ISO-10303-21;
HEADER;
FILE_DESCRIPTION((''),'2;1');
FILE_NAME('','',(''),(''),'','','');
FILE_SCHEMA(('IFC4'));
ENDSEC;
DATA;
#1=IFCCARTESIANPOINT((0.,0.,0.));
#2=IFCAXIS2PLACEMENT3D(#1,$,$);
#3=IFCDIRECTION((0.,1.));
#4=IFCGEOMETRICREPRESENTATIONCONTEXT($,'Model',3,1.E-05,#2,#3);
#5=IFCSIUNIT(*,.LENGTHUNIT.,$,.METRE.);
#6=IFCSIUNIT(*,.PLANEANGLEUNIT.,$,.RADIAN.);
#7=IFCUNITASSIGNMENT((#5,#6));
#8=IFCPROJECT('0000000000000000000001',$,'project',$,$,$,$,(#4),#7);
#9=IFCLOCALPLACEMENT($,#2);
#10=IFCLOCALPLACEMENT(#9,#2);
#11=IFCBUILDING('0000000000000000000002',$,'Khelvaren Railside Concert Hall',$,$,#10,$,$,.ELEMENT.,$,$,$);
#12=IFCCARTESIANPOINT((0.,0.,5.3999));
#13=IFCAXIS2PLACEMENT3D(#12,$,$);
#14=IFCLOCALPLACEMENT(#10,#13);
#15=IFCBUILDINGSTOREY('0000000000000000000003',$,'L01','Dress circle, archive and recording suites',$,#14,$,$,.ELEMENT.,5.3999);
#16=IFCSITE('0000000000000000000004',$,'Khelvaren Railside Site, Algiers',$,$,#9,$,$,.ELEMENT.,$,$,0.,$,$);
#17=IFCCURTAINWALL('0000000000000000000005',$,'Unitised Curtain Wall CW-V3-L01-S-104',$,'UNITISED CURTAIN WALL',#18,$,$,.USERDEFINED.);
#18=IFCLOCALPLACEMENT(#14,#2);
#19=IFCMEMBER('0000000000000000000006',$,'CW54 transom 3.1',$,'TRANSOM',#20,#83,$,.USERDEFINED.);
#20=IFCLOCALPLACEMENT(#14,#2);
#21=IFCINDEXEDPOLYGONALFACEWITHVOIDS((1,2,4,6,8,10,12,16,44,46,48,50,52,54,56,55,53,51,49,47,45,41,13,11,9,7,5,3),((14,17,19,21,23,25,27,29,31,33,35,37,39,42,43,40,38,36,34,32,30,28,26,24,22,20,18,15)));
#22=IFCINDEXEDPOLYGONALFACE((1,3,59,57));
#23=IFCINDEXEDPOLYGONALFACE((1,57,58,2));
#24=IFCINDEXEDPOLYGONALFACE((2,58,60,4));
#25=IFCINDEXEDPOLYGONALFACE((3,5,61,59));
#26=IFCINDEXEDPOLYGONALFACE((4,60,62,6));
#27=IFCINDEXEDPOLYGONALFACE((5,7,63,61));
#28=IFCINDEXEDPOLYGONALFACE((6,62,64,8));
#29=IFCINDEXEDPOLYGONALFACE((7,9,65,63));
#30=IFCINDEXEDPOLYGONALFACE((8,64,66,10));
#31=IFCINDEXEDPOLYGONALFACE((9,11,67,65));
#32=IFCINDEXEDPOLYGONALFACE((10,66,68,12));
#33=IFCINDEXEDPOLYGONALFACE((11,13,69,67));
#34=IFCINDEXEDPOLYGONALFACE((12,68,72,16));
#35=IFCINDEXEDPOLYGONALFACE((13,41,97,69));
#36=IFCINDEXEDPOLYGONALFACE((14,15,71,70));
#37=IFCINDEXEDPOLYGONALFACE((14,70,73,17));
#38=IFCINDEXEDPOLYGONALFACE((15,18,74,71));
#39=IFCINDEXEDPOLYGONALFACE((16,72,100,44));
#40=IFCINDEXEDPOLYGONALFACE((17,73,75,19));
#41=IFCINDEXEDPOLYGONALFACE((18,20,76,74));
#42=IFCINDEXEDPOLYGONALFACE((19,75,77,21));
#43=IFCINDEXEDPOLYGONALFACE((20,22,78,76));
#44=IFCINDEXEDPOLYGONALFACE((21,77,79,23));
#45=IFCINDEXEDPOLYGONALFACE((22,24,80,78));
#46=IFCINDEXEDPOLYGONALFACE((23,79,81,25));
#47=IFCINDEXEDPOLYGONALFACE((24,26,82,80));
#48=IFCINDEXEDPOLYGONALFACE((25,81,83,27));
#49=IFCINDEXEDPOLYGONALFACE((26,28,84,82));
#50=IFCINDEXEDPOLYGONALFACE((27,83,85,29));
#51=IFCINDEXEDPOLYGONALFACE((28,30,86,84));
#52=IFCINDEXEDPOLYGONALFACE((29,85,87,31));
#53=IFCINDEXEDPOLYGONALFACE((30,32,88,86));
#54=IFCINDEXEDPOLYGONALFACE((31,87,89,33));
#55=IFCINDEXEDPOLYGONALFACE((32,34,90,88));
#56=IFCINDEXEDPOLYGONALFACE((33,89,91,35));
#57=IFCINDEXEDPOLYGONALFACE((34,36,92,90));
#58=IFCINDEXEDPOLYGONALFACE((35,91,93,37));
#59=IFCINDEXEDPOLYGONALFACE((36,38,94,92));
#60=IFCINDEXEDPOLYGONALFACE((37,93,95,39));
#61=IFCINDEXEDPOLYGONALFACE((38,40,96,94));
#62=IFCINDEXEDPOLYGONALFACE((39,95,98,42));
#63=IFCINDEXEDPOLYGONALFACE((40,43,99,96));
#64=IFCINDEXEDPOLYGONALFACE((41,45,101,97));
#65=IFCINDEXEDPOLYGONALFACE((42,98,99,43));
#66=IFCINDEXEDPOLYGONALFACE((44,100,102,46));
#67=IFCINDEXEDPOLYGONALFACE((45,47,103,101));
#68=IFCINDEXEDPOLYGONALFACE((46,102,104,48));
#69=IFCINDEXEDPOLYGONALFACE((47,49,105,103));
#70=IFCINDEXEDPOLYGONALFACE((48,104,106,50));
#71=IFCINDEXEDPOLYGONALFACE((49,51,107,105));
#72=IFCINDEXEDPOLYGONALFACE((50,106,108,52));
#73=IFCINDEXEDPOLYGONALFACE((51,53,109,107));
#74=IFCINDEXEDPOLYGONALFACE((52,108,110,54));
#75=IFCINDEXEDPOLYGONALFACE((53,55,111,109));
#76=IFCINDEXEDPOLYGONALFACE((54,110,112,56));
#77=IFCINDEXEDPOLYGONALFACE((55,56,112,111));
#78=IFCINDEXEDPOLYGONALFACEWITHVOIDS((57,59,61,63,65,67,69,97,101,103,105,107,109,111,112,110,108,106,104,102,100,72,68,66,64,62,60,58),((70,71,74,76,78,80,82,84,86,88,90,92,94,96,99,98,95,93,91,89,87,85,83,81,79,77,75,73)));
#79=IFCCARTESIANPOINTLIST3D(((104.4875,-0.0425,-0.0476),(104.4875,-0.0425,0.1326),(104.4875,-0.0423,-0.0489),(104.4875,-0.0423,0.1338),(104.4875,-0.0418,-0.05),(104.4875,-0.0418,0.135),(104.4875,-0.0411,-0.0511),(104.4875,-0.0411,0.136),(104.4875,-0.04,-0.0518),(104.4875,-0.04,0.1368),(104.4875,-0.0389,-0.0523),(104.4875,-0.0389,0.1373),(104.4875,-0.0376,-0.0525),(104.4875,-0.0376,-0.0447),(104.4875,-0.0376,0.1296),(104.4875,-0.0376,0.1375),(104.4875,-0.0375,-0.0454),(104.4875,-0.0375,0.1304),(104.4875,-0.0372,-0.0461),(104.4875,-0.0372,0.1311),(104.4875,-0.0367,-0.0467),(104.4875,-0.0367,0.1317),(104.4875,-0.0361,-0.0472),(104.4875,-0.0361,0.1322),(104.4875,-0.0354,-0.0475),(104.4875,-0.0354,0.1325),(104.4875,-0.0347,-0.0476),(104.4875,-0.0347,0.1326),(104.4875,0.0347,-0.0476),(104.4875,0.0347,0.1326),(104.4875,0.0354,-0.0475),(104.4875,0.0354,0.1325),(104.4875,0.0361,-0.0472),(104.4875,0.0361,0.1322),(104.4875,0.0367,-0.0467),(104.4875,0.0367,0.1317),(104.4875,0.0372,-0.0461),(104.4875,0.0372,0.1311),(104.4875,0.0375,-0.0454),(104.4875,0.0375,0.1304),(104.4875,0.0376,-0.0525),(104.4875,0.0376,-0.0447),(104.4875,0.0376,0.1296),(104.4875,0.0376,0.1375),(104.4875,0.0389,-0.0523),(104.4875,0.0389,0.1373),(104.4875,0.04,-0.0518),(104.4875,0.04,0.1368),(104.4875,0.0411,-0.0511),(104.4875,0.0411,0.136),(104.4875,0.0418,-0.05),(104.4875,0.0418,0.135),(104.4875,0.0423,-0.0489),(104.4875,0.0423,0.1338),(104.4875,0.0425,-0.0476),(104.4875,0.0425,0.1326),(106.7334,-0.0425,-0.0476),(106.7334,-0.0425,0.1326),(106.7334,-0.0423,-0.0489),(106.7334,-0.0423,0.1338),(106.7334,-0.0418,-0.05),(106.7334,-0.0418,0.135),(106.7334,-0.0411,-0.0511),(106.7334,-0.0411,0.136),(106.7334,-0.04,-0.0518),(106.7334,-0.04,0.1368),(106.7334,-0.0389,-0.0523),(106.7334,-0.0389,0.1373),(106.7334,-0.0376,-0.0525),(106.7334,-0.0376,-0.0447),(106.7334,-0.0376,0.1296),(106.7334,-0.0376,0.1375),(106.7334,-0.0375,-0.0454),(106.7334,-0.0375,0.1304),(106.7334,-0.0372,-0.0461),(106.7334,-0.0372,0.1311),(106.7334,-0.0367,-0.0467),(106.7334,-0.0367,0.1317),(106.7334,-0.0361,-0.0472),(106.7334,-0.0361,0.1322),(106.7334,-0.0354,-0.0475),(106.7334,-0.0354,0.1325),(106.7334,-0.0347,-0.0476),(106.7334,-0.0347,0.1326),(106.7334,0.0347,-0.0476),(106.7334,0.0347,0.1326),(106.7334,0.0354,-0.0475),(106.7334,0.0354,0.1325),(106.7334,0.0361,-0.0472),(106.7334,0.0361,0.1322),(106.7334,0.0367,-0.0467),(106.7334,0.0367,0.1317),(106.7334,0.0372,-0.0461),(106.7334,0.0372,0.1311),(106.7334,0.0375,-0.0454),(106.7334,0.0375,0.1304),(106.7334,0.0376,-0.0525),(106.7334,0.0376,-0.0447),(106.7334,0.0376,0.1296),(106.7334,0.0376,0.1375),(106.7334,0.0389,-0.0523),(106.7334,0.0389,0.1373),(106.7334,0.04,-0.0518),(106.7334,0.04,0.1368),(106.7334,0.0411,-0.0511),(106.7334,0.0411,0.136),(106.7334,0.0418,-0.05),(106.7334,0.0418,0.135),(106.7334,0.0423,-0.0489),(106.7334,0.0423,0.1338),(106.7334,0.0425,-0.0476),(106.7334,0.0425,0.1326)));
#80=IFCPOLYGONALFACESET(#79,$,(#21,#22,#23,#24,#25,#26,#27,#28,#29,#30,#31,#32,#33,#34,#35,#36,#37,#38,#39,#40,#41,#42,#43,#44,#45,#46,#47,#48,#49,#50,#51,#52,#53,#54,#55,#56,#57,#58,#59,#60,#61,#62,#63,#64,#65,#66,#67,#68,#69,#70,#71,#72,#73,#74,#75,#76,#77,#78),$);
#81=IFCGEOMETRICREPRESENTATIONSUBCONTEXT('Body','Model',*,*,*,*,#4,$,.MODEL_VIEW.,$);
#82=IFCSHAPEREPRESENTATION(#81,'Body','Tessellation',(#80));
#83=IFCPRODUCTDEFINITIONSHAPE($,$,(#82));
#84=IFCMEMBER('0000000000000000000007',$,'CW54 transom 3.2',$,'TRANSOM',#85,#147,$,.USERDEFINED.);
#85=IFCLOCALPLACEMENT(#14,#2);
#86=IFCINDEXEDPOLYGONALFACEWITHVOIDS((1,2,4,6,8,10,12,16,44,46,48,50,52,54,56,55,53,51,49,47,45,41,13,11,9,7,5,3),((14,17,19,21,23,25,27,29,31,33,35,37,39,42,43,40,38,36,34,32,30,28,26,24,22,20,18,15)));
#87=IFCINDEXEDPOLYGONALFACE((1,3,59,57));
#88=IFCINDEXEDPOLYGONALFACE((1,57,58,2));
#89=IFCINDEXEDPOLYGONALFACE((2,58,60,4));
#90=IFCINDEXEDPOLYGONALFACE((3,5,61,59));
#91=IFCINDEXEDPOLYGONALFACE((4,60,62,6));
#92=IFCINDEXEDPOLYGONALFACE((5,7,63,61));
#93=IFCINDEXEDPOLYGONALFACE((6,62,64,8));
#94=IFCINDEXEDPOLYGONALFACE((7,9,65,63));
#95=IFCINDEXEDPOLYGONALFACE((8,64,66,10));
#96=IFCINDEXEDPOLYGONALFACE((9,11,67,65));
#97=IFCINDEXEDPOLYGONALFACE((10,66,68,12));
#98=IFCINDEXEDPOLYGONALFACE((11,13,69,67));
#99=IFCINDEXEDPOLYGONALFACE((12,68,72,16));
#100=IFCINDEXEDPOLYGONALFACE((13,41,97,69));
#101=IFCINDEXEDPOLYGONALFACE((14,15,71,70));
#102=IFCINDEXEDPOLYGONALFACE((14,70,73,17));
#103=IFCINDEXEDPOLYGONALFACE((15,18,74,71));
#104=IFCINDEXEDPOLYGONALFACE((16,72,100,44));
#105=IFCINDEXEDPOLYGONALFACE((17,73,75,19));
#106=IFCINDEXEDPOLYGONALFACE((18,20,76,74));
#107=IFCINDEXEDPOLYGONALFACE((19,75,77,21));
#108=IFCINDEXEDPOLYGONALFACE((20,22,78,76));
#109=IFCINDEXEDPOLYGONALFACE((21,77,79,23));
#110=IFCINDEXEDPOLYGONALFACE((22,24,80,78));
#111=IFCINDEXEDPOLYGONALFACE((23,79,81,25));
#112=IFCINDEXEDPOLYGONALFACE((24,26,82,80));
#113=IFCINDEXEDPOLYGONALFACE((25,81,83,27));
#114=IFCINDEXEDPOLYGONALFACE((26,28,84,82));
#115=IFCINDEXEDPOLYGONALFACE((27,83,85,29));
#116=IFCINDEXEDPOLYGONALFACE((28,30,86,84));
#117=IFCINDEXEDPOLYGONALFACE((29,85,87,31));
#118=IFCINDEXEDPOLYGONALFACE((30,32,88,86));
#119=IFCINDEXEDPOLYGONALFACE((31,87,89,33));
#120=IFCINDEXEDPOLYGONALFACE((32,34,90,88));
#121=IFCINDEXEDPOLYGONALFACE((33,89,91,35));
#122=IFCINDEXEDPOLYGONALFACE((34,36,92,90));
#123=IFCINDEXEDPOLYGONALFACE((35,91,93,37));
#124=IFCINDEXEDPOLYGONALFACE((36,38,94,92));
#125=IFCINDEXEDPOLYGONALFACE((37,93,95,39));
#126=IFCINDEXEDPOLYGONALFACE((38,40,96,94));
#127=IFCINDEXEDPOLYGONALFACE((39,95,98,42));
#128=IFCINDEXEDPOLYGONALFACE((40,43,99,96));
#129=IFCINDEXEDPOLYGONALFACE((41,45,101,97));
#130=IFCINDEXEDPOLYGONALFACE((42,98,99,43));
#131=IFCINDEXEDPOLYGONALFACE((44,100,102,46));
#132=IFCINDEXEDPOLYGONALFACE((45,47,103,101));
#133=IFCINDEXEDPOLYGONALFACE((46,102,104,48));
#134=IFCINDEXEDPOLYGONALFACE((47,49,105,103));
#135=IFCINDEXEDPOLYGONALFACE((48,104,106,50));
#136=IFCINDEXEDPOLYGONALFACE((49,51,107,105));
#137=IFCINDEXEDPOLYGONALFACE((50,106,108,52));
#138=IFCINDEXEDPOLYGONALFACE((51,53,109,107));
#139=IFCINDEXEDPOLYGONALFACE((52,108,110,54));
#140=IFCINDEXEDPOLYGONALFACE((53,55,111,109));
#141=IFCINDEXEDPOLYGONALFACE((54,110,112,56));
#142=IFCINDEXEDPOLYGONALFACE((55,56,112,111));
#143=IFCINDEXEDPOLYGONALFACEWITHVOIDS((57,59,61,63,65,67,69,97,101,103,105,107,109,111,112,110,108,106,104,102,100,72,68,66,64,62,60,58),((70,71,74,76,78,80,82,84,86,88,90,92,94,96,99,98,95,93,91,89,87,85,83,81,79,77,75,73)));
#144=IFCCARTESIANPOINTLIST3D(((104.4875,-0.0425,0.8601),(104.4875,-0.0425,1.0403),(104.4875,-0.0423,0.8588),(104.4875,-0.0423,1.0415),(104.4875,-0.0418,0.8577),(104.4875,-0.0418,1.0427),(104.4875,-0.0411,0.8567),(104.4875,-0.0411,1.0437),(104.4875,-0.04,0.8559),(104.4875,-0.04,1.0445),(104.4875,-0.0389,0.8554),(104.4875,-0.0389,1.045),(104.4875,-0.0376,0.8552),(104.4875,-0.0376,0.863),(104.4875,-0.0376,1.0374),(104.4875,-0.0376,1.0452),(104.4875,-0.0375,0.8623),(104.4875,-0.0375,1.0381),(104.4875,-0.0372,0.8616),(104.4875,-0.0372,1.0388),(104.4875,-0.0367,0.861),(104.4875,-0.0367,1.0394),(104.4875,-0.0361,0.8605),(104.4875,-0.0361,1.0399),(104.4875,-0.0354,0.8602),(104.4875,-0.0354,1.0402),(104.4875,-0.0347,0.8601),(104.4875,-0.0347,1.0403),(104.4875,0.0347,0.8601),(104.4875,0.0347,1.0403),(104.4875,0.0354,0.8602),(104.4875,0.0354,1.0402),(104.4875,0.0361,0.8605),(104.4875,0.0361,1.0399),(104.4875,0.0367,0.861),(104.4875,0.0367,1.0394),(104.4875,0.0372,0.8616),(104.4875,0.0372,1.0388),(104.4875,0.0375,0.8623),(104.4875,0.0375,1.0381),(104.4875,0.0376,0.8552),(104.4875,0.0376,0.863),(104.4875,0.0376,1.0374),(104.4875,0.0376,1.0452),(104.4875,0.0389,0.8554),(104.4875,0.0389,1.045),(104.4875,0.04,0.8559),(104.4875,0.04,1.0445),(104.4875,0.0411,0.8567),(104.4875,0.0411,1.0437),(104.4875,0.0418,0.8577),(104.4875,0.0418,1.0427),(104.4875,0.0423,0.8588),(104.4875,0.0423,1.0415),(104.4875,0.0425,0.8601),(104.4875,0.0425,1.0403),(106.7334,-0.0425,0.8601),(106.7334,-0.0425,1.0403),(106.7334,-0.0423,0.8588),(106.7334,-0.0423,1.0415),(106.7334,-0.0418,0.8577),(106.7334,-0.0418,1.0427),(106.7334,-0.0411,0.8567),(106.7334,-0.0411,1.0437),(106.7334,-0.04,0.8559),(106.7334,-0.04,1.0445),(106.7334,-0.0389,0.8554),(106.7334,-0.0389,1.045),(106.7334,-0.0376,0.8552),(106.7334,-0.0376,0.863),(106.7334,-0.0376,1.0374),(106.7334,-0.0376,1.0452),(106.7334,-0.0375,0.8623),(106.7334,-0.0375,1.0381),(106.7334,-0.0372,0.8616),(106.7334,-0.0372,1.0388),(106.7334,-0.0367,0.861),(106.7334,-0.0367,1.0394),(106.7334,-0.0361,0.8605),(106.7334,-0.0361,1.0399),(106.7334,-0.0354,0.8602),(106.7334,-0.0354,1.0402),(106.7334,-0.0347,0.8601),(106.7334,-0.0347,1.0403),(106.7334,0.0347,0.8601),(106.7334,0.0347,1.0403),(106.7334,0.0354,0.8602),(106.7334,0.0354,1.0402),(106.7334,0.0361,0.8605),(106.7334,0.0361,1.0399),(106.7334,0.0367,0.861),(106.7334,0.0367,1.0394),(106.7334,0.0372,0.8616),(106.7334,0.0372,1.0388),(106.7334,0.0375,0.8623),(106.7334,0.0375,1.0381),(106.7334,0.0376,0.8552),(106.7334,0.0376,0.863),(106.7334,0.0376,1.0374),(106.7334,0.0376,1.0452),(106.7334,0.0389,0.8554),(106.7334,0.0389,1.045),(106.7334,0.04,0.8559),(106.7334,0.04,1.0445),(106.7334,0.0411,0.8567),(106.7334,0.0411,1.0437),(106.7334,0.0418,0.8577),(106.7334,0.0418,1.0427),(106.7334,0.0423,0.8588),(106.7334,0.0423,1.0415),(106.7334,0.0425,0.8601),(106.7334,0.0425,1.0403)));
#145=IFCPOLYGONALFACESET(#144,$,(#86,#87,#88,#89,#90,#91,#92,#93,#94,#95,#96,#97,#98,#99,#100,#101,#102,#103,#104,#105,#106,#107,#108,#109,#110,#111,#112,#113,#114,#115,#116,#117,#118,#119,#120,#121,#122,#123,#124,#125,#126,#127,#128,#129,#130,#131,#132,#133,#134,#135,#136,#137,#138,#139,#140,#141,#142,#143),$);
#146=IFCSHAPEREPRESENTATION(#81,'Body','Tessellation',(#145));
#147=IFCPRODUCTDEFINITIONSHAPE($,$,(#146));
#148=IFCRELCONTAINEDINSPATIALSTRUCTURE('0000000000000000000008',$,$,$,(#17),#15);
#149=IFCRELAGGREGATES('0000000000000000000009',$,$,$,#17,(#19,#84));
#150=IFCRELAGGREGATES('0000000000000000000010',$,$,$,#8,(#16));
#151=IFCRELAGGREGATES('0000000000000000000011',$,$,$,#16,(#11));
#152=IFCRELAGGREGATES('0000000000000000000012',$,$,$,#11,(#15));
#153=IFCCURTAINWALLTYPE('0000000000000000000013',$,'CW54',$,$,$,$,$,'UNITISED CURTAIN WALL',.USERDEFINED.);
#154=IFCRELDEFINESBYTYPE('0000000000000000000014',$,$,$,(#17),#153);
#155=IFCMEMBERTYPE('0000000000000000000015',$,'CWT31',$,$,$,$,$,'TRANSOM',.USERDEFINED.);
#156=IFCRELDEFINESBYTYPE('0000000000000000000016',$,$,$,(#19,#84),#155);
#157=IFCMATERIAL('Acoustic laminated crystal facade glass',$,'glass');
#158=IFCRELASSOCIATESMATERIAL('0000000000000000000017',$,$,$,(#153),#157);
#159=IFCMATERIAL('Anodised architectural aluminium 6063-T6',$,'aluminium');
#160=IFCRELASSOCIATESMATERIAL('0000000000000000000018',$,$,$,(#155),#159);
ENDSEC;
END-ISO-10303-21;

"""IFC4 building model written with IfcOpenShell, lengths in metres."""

from ifc_helpers import new_model, si_unit, direction, frame, origin, origin_2d, place, context, subcontext, project, spatial, hollow_rectangle, extrude, material, material_profile, profile_set, type_object, element, aggregate, save


model = new_model("IFC4")

# Units and contexts
model_context = context("Model", 3, precision=1e-05, world=origin(), true_north=direction((0.0, 1.0)))
body_context = subcontext(model_context, "Body", "Model", "MODEL_VIEW")
ifc_project = project(units=[si_unit("LENGTHUNIT", "METRE"), si_unit("PLANEANGLEUNIT", "RADIAN")], contexts=[model_context])

# Site, building, storey
site_placement = place(None, origin())
site = spatial("IfcSite", under=ifc_project, at=site_placement, Name="Khelvaren Railside Site, Algiers", CompositionType="ELEMENT", RefElevation=0.0)
building_placement = place(site_placement, origin())
building = spatial("IfcBuilding", under=site, at=building_placement, Name="Khelvaren Railside Concert Hall", CompositionType="ELEMENT")
storey_placement = place(building_placement, frame((0.0, 0.0, 5.3999)))
storey = spatial("IfcBuildingStorey", under=building, at=storey_placement, Name="L01", Description="Dress circle, archive and recording suites", CompositionType="ELEMENT", Elevation=5.3999)

# Curtain wall, members
ifc_material_1 = material(Name="Acoustic laminated crystal facade glass", Category="glass")
curtain_wall_type = type_object("IfcCurtainWallType", Name="CW54", ElementType="UNITISED CURTAIN WALL", PredefinedType="USERDEFINED", material=ifc_material_1)
curtain_wall_placement = place(storey_placement, origin())
curtain_wall = element("IfcCurtainWall", 1, at=curtain_wall_placement, inside=storey, type_object=curtain_wall_type, Name="Unitised Curtain Wall CW-V3-L01-S-104", ObjectType="UNITISED CURTAIN WALL", PredefinedType="USERDEFINED")
ifc_material_2 = material(Name="Anodised architectural aluminium 6063-T6", Category="aluminium")
ifc_material_profile_1 = material_profile(ifc_material_2, hollow_rectangle(XDim=0.085, YDim=0.1899, WallThickness=0.0049, InnerFilletRadius=0.0029, OuterFilletRadius=0.0049, at=origin_2d()), Name="CWT 85x190x5")
ifc_profile_set_1 = profile_set([ifc_material_profile_1], Name="Anodised architectural aluminium 6063-T6")
member_type_1 = type_object("IfcMemberType", Name="CWT31", ElementType="TRANSOM", PredefinedType="USERDEFINED", material=ifc_profile_set_1)
member_1_placement = place(storey_placement, frame((106.7334, 0.0, 0.0425), z_axis=(-1.0, 0.0, 0.0), x_axis=(0.0, -1.0, 0.0)))
member_1 = element("IfcMember", 2, at=member_1_placement, type_object=member_type_1, Name="CW54 transom 3.1", ObjectType="TRANSOM", PredefinedType="USERDEFINED", context=body_context, shape_type="SweptSolid", body=[
    extrude(hollow_rectangle(XDim=0.085, YDim=0.1899, WallThickness=0.0049, InnerFilletRadius=0.0029, OuterFilletRadius=0.0049, at=origin_2d()), origin(), (0.0, 0.0, 1.0), 2.2458),
])
member_2_placement = place(storey_placement, frame((106.7334, 0.0, 0.9502), z_axis=(-1.0, 0.0, 0.0), x_axis=(0.0, -1.0, 0.0)))
member_2 = element("IfcMember", 3, at=member_2_placement, type_object=member_type_1, Name="CW54 transom 3.2", ObjectType="TRANSOM", PredefinedType="USERDEFINED", context=body_context, shape_type="SweptSolid", body=[
    extrude(hollow_rectangle(XDim=0.085, YDim=0.1899, WallThickness=0.0049, InnerFilletRadius=0.0029, OuterFilletRadius=0.0049, at=origin_2d()), origin(), (0.0, 0.0, 1.0), 2.2458),
])

aggregate(curtain_wall, [member_1, member_2])

save(model, "model.ifc")
